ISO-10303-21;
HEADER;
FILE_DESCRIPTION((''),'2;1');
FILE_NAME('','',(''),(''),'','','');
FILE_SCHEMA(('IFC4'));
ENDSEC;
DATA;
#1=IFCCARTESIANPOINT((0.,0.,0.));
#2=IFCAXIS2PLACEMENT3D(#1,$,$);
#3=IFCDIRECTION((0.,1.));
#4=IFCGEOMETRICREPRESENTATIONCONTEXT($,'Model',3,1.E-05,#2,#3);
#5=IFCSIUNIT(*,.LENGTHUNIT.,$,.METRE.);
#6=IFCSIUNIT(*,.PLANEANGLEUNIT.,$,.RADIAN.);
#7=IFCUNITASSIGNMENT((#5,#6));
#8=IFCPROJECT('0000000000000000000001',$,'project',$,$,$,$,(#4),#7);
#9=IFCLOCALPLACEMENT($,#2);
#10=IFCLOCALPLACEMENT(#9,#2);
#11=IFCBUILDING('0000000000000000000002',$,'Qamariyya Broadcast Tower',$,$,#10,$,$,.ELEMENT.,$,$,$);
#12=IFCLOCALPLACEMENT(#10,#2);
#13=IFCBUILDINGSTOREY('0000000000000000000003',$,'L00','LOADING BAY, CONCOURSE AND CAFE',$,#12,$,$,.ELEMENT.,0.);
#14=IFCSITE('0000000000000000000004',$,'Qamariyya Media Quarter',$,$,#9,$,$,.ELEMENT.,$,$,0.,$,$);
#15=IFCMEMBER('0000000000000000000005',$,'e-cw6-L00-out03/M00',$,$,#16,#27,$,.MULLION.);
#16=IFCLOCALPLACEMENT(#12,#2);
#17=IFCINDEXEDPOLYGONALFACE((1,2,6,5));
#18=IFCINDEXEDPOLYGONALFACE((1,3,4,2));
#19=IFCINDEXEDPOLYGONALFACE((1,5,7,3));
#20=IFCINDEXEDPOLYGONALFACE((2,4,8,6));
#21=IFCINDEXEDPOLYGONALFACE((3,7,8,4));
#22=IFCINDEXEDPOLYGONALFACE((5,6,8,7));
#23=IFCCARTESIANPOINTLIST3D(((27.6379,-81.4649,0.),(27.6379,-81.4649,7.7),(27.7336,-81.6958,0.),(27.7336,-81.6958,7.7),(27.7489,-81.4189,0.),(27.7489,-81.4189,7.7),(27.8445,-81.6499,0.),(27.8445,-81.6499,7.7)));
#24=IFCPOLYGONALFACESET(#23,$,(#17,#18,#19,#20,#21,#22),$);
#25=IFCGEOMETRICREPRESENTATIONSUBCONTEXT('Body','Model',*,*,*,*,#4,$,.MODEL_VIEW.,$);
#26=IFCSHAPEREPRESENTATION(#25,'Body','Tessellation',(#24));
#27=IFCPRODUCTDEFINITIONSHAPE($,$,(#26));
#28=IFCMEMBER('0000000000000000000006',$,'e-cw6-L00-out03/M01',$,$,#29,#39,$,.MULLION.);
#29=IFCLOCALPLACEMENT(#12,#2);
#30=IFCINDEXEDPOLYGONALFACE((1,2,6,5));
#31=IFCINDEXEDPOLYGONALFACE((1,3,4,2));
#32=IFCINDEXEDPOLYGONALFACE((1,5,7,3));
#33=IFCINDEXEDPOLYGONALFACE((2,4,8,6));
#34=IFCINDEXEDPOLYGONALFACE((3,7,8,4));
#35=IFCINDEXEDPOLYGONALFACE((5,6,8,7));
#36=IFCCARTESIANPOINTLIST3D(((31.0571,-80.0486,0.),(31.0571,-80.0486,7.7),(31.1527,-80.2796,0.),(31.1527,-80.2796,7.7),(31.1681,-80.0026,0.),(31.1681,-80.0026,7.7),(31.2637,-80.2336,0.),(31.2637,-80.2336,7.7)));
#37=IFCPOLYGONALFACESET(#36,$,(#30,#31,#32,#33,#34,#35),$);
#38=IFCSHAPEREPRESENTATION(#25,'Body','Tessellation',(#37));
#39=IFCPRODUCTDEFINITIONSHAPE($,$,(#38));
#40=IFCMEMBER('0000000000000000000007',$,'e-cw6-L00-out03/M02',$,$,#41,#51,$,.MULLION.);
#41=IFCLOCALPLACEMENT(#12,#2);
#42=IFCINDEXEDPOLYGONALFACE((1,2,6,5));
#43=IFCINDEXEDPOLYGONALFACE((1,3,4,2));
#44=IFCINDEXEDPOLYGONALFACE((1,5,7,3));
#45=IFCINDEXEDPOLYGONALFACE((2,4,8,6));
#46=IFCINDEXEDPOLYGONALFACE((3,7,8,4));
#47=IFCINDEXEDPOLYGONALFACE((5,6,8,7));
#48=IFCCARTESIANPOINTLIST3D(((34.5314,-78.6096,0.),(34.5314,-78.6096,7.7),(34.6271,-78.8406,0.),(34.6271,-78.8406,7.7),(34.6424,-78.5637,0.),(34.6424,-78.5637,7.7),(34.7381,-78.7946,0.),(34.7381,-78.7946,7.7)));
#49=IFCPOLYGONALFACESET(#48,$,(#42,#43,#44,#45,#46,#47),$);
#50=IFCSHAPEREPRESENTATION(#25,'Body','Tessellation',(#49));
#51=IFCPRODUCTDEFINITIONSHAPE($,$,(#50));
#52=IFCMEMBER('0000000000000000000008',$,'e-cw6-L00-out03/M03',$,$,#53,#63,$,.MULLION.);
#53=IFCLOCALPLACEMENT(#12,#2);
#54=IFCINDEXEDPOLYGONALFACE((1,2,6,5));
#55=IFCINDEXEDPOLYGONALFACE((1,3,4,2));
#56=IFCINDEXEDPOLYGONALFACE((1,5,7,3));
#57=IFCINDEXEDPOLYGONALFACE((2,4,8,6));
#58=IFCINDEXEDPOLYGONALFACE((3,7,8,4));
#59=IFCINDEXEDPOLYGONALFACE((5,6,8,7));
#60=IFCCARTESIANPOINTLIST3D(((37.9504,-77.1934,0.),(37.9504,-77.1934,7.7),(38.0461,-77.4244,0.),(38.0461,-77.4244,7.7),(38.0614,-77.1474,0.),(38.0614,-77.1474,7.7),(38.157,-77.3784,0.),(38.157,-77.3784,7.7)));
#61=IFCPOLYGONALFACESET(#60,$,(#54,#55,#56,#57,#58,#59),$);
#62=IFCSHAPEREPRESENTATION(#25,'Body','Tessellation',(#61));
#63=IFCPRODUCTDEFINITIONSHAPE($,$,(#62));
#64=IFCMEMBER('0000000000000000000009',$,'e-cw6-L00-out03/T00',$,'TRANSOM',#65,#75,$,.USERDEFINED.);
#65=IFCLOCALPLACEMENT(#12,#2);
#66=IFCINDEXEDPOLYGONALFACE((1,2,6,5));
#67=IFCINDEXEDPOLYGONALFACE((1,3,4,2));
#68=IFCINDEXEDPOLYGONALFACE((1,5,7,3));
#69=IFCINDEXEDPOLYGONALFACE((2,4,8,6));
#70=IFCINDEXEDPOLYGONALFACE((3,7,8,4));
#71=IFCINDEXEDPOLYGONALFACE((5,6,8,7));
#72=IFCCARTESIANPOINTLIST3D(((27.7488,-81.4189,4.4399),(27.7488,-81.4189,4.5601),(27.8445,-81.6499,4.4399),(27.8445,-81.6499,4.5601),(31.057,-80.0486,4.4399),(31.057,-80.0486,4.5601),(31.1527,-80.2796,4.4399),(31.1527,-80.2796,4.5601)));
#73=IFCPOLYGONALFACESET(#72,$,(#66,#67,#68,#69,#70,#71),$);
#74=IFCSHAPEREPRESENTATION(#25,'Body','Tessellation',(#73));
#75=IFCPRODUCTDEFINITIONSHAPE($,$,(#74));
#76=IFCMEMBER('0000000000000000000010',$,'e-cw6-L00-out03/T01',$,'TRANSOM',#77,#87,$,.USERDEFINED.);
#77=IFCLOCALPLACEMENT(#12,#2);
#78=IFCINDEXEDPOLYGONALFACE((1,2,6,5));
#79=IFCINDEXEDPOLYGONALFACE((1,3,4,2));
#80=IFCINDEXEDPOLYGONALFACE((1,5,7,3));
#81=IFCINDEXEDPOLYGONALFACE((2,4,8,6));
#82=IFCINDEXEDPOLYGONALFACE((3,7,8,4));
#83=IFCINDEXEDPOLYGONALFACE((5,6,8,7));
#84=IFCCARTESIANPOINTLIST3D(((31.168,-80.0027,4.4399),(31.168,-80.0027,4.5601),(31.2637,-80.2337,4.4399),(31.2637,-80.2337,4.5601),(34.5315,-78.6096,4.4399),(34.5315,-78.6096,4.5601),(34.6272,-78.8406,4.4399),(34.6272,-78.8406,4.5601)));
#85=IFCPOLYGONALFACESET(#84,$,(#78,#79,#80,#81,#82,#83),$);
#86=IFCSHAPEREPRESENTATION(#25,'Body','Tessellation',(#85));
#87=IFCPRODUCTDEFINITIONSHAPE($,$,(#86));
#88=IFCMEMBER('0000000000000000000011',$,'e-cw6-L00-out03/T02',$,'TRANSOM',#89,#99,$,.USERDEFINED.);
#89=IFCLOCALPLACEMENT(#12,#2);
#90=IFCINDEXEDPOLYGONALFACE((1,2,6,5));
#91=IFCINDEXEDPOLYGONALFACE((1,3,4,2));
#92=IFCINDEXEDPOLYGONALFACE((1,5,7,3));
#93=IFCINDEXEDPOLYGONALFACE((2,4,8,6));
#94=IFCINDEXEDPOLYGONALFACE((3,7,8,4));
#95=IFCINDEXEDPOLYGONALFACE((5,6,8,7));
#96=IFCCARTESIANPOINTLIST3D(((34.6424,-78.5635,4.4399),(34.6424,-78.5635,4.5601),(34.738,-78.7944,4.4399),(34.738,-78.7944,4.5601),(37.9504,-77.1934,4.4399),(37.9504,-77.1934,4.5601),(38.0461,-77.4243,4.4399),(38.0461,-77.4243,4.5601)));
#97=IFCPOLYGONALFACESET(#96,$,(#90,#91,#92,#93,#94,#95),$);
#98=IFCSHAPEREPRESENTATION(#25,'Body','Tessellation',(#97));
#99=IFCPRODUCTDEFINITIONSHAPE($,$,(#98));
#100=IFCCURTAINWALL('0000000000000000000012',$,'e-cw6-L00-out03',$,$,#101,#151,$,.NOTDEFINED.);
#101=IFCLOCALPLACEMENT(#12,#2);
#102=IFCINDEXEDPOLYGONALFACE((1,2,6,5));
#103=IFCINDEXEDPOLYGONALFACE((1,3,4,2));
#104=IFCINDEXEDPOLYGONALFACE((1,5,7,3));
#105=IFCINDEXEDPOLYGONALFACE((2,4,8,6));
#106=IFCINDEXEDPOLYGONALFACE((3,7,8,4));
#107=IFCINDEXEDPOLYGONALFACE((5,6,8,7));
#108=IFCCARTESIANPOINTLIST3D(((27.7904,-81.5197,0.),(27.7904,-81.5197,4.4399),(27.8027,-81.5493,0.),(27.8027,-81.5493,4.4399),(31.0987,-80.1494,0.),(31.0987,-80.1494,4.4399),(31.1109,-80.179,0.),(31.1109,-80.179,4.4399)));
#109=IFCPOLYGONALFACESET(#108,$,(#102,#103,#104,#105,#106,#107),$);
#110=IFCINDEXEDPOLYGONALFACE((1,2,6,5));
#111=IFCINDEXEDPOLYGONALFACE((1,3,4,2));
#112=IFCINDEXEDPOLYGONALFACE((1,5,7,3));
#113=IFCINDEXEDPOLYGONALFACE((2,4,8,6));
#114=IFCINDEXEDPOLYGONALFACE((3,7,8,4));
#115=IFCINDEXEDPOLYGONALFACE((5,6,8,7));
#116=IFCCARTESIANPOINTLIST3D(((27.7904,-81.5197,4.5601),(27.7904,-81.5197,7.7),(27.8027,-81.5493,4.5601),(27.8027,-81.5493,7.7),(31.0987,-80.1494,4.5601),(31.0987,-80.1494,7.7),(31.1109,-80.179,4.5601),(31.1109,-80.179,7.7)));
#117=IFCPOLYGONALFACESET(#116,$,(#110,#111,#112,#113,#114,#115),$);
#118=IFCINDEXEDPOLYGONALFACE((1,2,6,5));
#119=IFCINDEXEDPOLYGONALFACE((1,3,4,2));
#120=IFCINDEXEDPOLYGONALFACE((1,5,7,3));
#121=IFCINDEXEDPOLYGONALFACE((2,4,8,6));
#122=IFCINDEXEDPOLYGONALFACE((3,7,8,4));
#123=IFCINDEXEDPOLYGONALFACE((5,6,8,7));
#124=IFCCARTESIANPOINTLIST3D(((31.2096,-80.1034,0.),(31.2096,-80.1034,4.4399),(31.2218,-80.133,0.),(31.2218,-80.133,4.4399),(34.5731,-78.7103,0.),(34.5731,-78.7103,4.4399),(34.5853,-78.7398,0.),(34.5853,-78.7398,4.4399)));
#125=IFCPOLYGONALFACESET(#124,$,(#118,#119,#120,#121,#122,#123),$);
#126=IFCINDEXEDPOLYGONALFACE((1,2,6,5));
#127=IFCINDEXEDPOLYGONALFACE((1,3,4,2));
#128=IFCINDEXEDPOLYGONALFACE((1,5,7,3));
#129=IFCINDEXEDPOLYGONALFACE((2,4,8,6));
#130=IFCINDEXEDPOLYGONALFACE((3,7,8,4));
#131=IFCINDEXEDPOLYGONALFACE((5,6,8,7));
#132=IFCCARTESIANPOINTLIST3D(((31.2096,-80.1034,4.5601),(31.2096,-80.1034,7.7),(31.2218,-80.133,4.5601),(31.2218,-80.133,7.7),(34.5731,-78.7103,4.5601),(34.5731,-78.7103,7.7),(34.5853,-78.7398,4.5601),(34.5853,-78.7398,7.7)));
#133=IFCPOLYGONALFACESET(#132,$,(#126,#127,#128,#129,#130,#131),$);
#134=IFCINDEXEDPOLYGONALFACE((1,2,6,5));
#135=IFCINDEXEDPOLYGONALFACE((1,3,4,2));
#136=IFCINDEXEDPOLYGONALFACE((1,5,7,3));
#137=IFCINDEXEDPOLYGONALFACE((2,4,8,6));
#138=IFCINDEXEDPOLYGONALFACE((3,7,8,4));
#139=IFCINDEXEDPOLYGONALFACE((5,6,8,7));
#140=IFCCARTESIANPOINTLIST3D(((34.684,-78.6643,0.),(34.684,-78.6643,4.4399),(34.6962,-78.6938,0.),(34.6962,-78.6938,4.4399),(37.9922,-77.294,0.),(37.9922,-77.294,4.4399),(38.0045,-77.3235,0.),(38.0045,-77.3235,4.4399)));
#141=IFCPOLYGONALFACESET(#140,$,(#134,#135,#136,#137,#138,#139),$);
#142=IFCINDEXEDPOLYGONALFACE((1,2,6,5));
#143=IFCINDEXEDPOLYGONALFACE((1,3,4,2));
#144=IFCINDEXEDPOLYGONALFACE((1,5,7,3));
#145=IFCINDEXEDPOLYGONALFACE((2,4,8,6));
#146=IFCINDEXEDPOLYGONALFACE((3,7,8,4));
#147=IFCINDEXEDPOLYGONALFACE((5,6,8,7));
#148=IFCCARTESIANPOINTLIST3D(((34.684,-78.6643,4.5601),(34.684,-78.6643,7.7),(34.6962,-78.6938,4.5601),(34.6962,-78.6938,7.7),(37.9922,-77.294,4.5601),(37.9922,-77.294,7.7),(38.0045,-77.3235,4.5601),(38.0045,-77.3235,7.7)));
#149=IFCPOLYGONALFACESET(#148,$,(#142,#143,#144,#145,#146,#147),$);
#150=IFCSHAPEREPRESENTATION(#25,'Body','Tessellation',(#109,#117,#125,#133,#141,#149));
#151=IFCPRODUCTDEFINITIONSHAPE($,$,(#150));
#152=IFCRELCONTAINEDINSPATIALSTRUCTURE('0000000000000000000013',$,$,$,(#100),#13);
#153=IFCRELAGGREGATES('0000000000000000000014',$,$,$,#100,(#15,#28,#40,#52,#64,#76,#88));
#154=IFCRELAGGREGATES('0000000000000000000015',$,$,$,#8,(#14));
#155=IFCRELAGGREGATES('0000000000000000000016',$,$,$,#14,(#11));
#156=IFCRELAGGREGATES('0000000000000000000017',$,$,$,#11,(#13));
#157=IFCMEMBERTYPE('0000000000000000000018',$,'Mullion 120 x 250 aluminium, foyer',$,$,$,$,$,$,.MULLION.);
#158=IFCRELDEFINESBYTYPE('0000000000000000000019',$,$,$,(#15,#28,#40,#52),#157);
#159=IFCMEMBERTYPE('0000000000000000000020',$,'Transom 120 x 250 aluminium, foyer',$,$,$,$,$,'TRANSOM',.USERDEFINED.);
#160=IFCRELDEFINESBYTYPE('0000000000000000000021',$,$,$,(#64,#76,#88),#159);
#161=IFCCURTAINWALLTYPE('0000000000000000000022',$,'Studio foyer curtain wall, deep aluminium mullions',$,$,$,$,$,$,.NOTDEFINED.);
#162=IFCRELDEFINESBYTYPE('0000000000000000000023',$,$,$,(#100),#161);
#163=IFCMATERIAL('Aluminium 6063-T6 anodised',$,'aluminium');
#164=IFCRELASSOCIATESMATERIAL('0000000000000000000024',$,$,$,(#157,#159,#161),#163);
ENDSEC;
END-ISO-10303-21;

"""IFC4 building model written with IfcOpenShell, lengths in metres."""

from ifc_helpers import new_model, si_unit, direction, frame, origin, origin_2d, place, context, subcontext, project, spatial, rectangle, extrude, material, material_profile, profile_set, type_object, element, aggregate, save


model = new_model("IFC4")

# Units and contexts
model_context = context("Model", 3, precision=1e-05, world=origin(), true_north=direction((0.0, 1.0)))
body_context = subcontext(model_context, "Body", "Model", "MODEL_VIEW")
ifc_project = project(units=[si_unit("LENGTHUNIT", "METRE"), si_unit("PLANEANGLEUNIT", "RADIAN")], contexts=[model_context])

# Members
ifc_material_1 = material(Name="Aluminium 6063-T6 anodised", Category="aluminium")
ifc_material_profile_1 = material_profile(ifc_material_1, rectangle(XDim=0.25, YDim=0.1201, at=origin_2d()))
ifc_profile_set_1 = profile_set([ifc_material_profile_1], Name="Aluminium 6063-T6 anodised")
member_type_1 = type_object("IfcMemberType", Name="Mullion 120 x 250 aluminium, foyer", PredefinedType="MULLION", material=ifc_profile_set_1)
site_placement = place(None, origin())
building_placement = place(site_placement, origin())
storey_placement = place(building_placement, origin())
member_1_placement = place(storey_placement, frame((27.7412, -81.5574, 0.0), z_axis=(0.0, 0.0, 1.0), x_axis=(-0.382683, 0.92388, 0.0)))
member_1 = element("IfcMember", 1, at=member_1_placement, type_object=member_type_1, Name="e-cw6-L00-out03/M00", PredefinedType="MULLION", context=body_context, shape_type="SweptSolid", body=[
    extrude(rectangle(XDim=0.25, YDim=0.1201, at=origin_2d()), origin(), (0.0, 0.0, 1.0), 7.7),
])
member_2_placement = place(storey_placement, frame((31.1604, -80.1411, 0.0), z_axis=(0.0, 0.0, 1.0), x_axis=(-0.382683, 0.92388, 0.0)))
member_2 = element("IfcMember", 2, at=member_2_placement, type_object=member_type_1, Name="e-cw6-L00-out03/M01", PredefinedType="MULLION", context=body_context, shape_type="SweptSolid", body=[
    extrude(rectangle(XDim=0.25, YDim=0.1201, at=origin_2d()), origin(), (0.0, 0.0, 1.0), 7.7),
])
member_3_placement = place(storey_placement, frame((34.6348, -78.7021, 0.0), z_axis=(0.0, 0.0, 1.0), x_axis=(-0.382683, 0.92388, 0.0)))
member_3 = element("IfcMember", 3, at=member_3_placement, type_object=member_type_1, Name="e-cw6-L00-out03/M02", PredefinedType="MULLION", context=body_context, shape_type="SweptSolid", body=[
    extrude(rectangle(XDim=0.25, YDim=0.1201, at=origin_2d()), origin(), (0.0, 0.0, 1.0), 7.7),
])
member_4_placement = place(storey_placement, frame((38.0537, -77.2859, 0.0), z_axis=(0.0, 0.0, 1.0), x_axis=(-0.382683, 0.92388, 0.0)))
member_4 = element("IfcMember", 4, at=member_4_placement, type_object=member_type_1, Name="e-cw6-L00-out03/M03", PredefinedType="MULLION", context=body_context, shape_type="SweptSolid", body=[
    extrude(rectangle(XDim=0.25, YDim=0.1201, at=origin_2d()), origin(), (0.0, 0.0, 1.0), 7.7),
])
ifc_material_profile_2 = material_profile(ifc_material_1, rectangle(XDim=0.25, YDim=0.1201, at=origin_2d()))
ifc_profile_set_2 = profile_set([ifc_material_profile_2], Name="Aluminium 6063-T6 anodised")
member_type_2 = type_object("IfcMemberType", Name="Transom 120 x 250 aluminium, foyer", ElementType="TRANSOM", PredefinedType="USERDEFINED", material=ifc_profile_set_2)
member_5_placement = place(storey_placement, frame((27.7966, -81.5344, 4.5), z_axis=(0.92388, 0.382683, 0.0), x_axis=(-0.382683, 0.92388, 0.0)))
member_5 = element("IfcMember", 5, at=member_5_placement, type_object=member_type_2, Name="e-cw6-L00-out03/T00", ObjectType="TRANSOM", PredefinedType="USERDEFINED", context=body_context, shape_type="SweptSolid", body=[
    extrude(rectangle(XDim=0.25, YDim=0.1201, at=origin_2d()), origin(), (0.0, 0.0, 1.0), 3.5808),
])
member_6_placement = place(storey_placement, frame((31.2158, -80.1182, 4.5), z_axis=(0.923894, 0.382648, 0.0), x_axis=(-0.382648, 0.923894, 0.0)))
member_6 = element("IfcMember", 6, at=member_6_placement, type_object=member_type_2, Name="e-cw6-L00-out03/T01", ObjectType="TRANSOM", PredefinedType="USERDEFINED", context=body_context, shape_type="SweptSolid", body=[
    extrude(rectangle(XDim=0.25, YDim=0.1201, at=origin_2d()), origin(), (0.0, 0.0, 1.0), 3.6406),
])
member_7_placement = place(storey_placement, frame((34.6902, -78.679, 4.5), z_axis=(0.923894, 0.382649, 0.0), x_axis=(-0.382649, 0.923894, 0.0)))
member_7 = element("IfcMember", 7, at=member_7_placement, type_object=member_type_2, Name="e-cw6-L00-out03/T02", ObjectType="TRANSOM", PredefinedType="USERDEFINED", context=body_context, shape_type="SweptSolid", body=[
    extrude(rectangle(XDim=0.25, YDim=0.1201, at=origin_2d()), origin(), (0.0, 0.0, 1.0), 3.5806),
])

# Site, building, storey
site = spatial("IfcSite", under=ifc_project, at=site_placement, Name="Qamariyya Media Quarter", CompositionType="ELEMENT", RefElevation=0.0)
building = spatial("IfcBuilding", under=site, at=building_placement, Name="Qamariyya Broadcast Tower", CompositionType="ELEMENT")
storey = spatial("IfcBuildingStorey", under=building, at=storey_placement, Name="L00", Description="LOADING BAY, CONCOURSE AND CAFE", CompositionType="ELEMENT", Elevation=0.0)

# Curtain wall
curtain_wall_type_1 = type_object("IfcCurtainWallType", Name="Studio foyer curtain wall, deep aluminium mullions", PredefinedType="NOTDEFINED", material=ifc_material_1)
curtain_wall_1_placement = place(storey_placement, origin())
curtain_wall_1 = element("IfcCurtainWall", 8, at=curtain_wall_1_placement, inside=storey, type_object=curtain_wall_type_1, Name="e-cw6-L00-out03", PredefinedType="NOTDEFINED", context=body_context, shape_type="SweptSolid", body=[
    extrude(rectangle(XDim=3.5808, YDim=0.032, at=origin_2d()), frame((29.4507, -80.8494, 0.0), x_axis=(0.923883, 0.382675, 0.0)), (0.0, 0.0, 1.0), 4.4399),
    extrude(rectangle(XDim=3.5808, YDim=0.032, at=origin_2d()), frame((29.4507, -80.8494, 4.5601), x_axis=(0.923883, 0.382675, 0.0)), (0.0, 0.0, 1.0), 3.1399),
    extrude(rectangle(XDim=3.6406, YDim=0.032, at=origin_2d()), frame((32.8975, -79.4216, 0.0), x_axis=(0.923883, 0.382675, 0.0)), (0.0, 0.0, 1.0), 4.4399),
    extrude(rectangle(XDim=3.6406, YDim=0.032, at=origin_2d()), frame((32.8975, -79.4216, 4.5601), x_axis=(0.923883, 0.382675, 0.0)), (0.0, 0.0, 1.0), 3.1399),
    extrude(rectangle(XDim=3.5808, YDim=0.032, at=origin_2d()), frame((36.3442, -77.9939, 0.0), x_axis=(0.923883, 0.382675, 0.0)), (0.0, 0.0, 1.0), 4.4399),
    extrude(rectangle(XDim=3.5808, YDim=0.032, at=origin_2d()), frame((36.3442, -77.9939, 4.5601), x_axis=(0.923883, 0.382675, 0.0)), (0.0, 0.0, 1.0), 3.1399),
])
aggregate(curtain_wall_1, [member_1, member_2, member_3, member_4, member_5, member_6, member_7])

save(model, "model.ifc")
